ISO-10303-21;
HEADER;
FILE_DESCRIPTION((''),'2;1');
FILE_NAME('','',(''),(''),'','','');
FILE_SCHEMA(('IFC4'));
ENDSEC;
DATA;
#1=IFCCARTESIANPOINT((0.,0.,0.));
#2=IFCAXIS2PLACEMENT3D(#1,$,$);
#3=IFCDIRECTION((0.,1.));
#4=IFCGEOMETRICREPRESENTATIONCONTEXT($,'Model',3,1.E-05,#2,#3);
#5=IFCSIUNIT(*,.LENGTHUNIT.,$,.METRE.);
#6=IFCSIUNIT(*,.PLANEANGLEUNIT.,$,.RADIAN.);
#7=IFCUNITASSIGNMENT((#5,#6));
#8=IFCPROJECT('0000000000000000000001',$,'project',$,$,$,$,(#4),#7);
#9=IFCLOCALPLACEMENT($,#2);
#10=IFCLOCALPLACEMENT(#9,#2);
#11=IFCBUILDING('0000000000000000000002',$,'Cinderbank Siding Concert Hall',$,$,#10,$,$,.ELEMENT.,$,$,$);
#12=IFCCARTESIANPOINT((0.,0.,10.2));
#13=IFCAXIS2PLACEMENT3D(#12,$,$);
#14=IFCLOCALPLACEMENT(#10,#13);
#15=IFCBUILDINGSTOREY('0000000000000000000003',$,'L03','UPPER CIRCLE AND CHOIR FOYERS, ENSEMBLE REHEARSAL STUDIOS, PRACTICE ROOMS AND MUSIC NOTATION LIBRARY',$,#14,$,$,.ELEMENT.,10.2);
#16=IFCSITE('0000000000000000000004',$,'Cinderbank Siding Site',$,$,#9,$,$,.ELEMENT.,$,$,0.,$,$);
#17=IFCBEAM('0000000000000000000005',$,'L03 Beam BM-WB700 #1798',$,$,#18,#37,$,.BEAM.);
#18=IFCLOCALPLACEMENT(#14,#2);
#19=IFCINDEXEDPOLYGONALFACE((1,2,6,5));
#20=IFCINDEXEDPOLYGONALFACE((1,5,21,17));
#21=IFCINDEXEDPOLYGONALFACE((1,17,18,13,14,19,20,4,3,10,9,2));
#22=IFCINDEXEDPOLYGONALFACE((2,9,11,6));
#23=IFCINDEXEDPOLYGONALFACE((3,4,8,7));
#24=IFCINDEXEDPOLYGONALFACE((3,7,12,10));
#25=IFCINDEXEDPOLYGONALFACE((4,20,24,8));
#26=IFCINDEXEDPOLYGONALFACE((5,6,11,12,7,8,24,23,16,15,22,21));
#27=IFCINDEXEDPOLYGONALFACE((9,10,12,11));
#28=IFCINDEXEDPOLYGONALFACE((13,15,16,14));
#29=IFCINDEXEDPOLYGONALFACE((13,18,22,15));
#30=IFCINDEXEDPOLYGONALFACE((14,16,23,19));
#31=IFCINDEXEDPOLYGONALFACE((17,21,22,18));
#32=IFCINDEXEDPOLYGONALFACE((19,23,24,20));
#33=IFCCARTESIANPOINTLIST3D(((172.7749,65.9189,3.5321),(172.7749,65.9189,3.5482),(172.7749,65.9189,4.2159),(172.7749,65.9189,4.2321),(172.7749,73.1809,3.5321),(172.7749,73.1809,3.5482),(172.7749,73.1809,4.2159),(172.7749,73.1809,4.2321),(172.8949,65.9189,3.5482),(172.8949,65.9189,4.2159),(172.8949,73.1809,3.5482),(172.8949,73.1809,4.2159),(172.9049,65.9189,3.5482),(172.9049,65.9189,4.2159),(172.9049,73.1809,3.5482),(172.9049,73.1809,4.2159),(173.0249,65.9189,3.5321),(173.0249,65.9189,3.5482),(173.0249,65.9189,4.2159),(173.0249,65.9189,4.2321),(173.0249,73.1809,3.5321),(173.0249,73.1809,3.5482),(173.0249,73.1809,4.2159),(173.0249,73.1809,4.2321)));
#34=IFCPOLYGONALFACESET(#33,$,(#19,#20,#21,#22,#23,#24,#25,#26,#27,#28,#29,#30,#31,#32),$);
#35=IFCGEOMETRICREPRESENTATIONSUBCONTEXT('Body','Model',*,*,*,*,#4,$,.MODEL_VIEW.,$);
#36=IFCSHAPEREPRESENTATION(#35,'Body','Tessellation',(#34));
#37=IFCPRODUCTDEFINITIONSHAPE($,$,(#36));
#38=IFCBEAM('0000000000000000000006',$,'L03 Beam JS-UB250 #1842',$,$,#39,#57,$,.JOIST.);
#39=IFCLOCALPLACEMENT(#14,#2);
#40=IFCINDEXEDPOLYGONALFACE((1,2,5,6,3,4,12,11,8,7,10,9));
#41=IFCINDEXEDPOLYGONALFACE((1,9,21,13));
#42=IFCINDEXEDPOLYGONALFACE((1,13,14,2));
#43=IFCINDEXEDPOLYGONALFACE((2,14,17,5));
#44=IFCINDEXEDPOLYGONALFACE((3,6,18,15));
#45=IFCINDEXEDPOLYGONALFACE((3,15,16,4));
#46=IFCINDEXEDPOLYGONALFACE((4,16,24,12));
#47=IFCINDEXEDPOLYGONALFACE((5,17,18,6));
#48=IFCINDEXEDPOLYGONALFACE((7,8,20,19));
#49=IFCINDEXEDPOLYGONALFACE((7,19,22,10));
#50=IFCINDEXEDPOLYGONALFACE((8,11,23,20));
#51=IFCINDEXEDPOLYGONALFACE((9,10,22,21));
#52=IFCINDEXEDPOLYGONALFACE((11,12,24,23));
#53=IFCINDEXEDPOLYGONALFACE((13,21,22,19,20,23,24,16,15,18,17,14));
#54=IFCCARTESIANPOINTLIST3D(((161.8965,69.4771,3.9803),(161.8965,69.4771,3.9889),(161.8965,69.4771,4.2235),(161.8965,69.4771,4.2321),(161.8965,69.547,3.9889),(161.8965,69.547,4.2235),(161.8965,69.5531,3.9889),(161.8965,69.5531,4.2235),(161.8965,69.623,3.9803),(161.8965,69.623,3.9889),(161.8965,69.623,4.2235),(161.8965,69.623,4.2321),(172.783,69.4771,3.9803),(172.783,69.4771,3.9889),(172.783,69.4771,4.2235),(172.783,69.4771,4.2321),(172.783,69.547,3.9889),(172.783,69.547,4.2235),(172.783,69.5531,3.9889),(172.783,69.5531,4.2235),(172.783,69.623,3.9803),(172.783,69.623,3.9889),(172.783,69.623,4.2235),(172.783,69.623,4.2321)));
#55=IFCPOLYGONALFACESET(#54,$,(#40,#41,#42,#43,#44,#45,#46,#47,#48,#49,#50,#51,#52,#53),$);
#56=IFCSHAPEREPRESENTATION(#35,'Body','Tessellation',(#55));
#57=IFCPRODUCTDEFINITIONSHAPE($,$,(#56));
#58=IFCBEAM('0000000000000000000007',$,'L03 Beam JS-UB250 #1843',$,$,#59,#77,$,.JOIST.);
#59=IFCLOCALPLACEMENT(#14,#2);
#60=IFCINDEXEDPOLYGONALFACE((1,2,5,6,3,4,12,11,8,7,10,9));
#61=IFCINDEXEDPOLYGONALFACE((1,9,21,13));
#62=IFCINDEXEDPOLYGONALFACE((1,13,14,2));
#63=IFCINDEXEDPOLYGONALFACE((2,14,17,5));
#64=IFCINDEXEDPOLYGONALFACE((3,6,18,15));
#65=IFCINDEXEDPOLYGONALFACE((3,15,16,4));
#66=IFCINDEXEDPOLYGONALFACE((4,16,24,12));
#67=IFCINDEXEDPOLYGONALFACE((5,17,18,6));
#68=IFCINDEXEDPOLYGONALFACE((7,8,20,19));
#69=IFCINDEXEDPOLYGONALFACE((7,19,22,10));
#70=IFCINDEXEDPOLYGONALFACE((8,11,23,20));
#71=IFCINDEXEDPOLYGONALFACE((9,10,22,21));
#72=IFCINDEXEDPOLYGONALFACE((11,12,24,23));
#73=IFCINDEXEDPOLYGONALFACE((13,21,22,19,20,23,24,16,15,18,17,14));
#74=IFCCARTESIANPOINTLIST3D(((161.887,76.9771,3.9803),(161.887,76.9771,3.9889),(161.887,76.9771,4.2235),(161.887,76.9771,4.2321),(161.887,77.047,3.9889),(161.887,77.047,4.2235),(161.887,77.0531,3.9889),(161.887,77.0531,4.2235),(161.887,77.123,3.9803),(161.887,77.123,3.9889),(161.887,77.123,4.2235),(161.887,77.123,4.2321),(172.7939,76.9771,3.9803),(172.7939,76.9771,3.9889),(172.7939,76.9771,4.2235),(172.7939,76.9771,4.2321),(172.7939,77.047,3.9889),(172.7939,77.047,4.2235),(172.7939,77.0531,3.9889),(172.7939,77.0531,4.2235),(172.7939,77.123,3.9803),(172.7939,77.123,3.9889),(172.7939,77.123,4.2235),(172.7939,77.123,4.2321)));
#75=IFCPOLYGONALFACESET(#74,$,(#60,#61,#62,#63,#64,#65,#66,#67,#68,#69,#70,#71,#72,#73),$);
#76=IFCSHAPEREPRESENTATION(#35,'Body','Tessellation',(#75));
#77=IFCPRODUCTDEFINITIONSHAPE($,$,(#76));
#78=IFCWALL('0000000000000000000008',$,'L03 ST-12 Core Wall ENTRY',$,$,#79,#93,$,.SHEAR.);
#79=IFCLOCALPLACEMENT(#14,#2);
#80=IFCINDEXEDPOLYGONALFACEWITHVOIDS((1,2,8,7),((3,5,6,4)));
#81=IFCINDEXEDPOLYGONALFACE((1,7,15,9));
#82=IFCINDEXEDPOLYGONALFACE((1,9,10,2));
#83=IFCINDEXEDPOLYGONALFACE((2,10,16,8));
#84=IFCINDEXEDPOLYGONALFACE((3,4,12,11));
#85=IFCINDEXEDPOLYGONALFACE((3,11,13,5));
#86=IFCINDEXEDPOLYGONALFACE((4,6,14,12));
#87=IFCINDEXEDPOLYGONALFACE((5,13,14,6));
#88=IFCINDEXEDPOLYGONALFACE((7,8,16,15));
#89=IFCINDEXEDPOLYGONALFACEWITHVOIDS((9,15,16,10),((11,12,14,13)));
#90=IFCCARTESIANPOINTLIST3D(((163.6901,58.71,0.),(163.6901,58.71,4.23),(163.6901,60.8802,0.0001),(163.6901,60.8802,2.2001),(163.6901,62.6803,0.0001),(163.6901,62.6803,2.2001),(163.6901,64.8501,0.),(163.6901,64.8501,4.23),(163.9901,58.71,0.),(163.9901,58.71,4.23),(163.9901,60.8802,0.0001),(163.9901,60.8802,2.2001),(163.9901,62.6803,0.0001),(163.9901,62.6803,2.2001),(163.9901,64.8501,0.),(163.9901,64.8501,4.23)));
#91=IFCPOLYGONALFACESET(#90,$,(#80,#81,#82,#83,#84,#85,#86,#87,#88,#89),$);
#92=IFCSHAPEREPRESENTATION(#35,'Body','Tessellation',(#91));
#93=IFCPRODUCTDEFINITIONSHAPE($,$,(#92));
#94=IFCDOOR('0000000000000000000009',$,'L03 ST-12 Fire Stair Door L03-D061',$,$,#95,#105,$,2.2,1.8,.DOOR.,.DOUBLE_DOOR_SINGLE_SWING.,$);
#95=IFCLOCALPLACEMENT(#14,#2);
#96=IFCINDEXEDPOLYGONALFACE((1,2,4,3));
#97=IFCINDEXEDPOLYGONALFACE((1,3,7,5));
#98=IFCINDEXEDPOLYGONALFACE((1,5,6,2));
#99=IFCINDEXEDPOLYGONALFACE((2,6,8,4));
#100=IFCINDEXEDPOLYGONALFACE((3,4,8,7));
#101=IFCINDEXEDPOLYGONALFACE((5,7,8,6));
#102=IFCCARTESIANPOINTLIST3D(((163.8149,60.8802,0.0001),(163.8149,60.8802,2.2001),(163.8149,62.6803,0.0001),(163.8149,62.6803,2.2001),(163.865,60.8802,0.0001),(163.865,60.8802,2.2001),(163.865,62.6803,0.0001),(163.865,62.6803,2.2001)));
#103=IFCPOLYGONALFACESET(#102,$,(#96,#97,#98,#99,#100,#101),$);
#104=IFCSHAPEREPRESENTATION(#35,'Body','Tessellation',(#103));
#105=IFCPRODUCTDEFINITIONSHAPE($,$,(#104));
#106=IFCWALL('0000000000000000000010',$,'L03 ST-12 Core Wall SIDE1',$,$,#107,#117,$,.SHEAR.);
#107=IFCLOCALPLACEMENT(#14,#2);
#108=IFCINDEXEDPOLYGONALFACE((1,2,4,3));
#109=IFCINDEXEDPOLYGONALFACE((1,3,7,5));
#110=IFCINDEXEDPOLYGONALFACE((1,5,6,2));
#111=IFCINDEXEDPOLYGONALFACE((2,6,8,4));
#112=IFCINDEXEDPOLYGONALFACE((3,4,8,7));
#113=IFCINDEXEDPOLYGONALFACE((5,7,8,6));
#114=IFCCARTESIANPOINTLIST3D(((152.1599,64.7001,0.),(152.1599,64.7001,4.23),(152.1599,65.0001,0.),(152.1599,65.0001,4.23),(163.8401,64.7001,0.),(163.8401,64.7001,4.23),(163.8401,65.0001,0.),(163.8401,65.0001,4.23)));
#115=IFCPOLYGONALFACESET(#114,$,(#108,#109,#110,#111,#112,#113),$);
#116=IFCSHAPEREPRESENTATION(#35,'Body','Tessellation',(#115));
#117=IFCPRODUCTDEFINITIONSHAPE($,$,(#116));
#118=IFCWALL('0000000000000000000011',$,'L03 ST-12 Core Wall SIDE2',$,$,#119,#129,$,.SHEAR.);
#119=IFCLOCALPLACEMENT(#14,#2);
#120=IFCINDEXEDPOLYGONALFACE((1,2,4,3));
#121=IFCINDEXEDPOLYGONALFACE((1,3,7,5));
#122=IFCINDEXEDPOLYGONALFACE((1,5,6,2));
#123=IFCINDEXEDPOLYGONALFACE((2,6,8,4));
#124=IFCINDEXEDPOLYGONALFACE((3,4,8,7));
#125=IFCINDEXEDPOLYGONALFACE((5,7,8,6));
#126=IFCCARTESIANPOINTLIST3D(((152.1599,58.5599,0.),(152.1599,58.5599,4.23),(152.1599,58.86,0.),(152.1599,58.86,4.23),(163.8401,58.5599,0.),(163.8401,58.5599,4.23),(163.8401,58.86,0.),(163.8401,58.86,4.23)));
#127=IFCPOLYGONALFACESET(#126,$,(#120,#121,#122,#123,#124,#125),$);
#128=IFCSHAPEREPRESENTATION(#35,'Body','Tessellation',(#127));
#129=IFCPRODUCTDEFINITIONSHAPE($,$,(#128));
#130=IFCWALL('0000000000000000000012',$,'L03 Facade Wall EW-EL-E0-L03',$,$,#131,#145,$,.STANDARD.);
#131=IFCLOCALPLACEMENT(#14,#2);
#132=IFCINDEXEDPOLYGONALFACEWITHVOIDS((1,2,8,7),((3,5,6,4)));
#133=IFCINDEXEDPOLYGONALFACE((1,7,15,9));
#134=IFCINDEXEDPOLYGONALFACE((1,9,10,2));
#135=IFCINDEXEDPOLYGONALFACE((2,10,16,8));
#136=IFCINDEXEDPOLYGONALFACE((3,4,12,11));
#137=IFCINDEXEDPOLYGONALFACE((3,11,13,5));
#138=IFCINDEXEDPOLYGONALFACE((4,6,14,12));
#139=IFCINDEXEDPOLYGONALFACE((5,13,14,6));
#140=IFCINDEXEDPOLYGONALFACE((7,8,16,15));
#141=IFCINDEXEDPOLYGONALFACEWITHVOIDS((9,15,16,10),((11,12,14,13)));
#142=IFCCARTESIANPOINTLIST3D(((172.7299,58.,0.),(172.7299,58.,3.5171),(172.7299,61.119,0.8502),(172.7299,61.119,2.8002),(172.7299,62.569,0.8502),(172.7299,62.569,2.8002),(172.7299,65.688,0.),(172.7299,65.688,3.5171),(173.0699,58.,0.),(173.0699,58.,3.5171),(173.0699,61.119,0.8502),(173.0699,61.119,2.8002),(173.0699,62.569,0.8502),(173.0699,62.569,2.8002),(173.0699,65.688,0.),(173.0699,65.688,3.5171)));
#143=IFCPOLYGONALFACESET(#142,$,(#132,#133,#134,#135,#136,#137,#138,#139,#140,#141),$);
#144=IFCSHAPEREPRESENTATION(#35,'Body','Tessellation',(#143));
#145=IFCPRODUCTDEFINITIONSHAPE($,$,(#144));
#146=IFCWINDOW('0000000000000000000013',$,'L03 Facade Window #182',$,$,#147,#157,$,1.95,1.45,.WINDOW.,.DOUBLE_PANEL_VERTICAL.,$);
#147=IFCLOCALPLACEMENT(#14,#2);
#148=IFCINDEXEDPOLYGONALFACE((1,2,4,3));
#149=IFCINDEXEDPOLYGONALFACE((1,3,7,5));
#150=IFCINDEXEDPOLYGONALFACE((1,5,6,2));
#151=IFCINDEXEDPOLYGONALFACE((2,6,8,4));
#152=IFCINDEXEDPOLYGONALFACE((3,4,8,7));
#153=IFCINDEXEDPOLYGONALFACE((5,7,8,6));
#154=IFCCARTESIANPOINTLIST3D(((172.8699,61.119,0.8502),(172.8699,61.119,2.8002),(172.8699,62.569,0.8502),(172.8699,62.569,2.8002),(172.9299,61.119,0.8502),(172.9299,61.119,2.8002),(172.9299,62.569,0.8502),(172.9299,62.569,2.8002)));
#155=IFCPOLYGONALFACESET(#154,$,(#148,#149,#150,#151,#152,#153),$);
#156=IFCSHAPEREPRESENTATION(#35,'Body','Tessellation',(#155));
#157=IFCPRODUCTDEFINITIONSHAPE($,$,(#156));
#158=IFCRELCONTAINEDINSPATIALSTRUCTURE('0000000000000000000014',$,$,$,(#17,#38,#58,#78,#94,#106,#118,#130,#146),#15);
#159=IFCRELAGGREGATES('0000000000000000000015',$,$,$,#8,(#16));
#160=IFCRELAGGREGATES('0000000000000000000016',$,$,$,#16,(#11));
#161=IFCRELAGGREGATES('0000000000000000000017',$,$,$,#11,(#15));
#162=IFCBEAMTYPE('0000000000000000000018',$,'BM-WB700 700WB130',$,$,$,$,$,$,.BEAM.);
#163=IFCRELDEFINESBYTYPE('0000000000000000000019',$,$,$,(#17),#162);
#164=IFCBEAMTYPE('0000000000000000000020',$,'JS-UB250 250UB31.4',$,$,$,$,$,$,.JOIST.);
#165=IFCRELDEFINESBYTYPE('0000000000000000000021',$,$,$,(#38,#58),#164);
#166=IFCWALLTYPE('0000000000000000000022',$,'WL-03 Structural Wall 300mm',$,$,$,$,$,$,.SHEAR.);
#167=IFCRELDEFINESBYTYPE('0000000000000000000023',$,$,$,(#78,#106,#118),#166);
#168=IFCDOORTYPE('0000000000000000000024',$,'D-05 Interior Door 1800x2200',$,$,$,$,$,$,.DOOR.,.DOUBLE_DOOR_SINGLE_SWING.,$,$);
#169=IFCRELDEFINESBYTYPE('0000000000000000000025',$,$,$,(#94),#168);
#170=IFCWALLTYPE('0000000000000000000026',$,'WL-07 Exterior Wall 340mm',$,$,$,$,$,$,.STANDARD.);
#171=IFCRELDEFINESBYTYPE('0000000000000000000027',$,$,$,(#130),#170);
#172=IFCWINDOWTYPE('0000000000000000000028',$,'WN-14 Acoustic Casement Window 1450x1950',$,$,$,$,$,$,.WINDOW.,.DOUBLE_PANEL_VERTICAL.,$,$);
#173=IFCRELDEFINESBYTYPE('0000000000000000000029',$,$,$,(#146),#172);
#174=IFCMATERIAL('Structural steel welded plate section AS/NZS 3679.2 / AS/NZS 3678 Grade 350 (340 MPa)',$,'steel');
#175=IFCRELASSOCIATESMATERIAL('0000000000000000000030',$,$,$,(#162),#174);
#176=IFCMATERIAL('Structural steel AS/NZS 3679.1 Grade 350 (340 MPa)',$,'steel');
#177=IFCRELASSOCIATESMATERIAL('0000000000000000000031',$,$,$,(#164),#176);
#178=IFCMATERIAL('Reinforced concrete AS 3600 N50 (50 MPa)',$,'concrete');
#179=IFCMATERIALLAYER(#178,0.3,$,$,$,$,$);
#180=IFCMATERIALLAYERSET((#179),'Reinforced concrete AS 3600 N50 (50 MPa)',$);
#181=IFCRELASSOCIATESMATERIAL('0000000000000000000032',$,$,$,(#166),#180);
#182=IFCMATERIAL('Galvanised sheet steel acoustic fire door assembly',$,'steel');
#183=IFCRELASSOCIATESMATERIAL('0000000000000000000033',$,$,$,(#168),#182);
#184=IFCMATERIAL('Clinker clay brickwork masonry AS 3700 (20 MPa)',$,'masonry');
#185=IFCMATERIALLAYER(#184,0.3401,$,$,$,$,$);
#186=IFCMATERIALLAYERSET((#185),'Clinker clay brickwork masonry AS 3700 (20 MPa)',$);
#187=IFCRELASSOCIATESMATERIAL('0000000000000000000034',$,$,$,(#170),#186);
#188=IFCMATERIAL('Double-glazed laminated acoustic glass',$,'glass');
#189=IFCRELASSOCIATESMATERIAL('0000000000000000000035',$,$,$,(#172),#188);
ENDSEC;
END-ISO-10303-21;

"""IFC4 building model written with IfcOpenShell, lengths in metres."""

from ifc_helpers import new_model, si_unit, direction, frame, frame_2d, origin, origin_2d, place, context, subcontext, project, spatial, rectangle, i_section, extrude, material, layer, layer_set, material_profile, profile_set, type_object, element, fill, save


model = new_model("IFC4")

# Units and contexts
model_context = context("Model", 3, precision=1e-05, world=origin(), true_north=direction((0.0, 1.0)))
body_context = subcontext(model_context, "Body", "Model", "MODEL_VIEW")
ifc_project = project(units=[si_unit("LENGTHUNIT", "METRE"), si_unit("PLANEANGLEUNIT", "RADIAN")], contexts=[model_context])

# Site, building, storey
site_placement = place(None, origin())
site = spatial("IfcSite", under=ifc_project, at=site_placement, Name="Cinderbank Siding Site", CompositionType="ELEMENT", RefElevation=0.0)
building_placement = place(site_placement, origin())
building = spatial("IfcBuilding", under=site, at=building_placement, Name="Cinderbank Siding Concert Hall", CompositionType="ELEMENT")
storey_placement = place(building_placement, frame((0.0, 0.0, 10.2)))
storey = spatial("IfcBuildingStorey", under=building, at=storey_placement, Name="L03", Description="UPPER CIRCLE AND CHOIR FOYERS, ENSEMBLE REHEARSAL STUDIOS, PRACTICE ROOMS AND MUSIC NOTATION LIBRARY", CompositionType="ELEMENT", Elevation=10.2)

# Shared definitions
ifc_material_1 = material(Name="Structural steel AS/NZS 3679.1 Grade 350 (340 MPa)", Category="steel")

# Beams
ifc_material_2 = material(Name="Structural steel welded plate section AS/NZS 3679.2 / AS/NZS 3678 Grade 350 (340 MPa)", Category="steel")
ifc_material_profile_1 = material_profile(ifc_material_2, i_section(OverallWidth=0.25, OverallDepth=0.7, WebThickness=0.01, FlangeThickness=0.0161, at=origin_2d()), Name="700WB130", Category="LoadBearing")
ifc_profile_set_1 = profile_set([ifc_material_profile_1], Name="Structural steel welded plate section AS/NZS 3679.2 / AS/NZS 3678 Grade 350 (340 MPa)")
beam_type_1 = type_object("IfcBeamType", Name="BM-WB700 700WB130", PredefinedType="BEAM", material=ifc_profile_set_1)
beam_1_placement = place(storey_placement, frame((172.8999, 65.9189, 3.8821), z_axis=(0.0, 1.0, 0.0), x_axis=(-1.0, 0.0, 0.0)))
element("IfcBeam", 1, at=beam_1_placement, inside=storey, type_object=beam_type_1, Name="L03 Beam BM-WB700 #1798", PredefinedType="BEAM", context=body_context, shape_type="SweptSolid", body=[
    extrude(i_section(OverallWidth=0.25, OverallDepth=0.7, WebThickness=0.01, FlangeThickness=0.0161, at=origin_2d()), origin(), (0.0, 0.0, 1.0), 7.262),
])
ifc_material_profile_2 = material_profile(ifc_material_1, i_section(OverallWidth=0.146, OverallDepth=0.2517, WebThickness=0.0061, FlangeThickness=0.0085, at=origin_2d()), Name="250UB31.4", Category="LoadBearing")
ifc_profile_set_2 = profile_set([ifc_material_profile_2], Name="Structural steel AS/NZS 3679.1 Grade 350 (340 MPa)")
beam_type_2 = type_object("IfcBeamType", Name="JS-UB250 250UB31.4", PredefinedType="JOIST", material=ifc_profile_set_2)
beam_2_placement = place(storey_placement, frame((161.8965, 69.55, 4.1062), z_axis=(1.0, 0.0, 0.0), x_axis=(0.0, 1.0, 0.0)))
element("IfcBeam", 2, at=beam_2_placement, inside=storey, type_object=beam_type_2, Name="L03 Beam JS-UB250 #1842", PredefinedType="JOIST", context=body_context, shape_type="SweptSolid", body=[
    extrude(i_section(OverallWidth=0.146, OverallDepth=0.2517, WebThickness=0.0061, FlangeThickness=0.0085, at=origin_2d()), origin(), (0.0, 0.0, 1.0), 10.8865),
])
beam_3_placement = place(storey_placement, frame((161.887, 77.05, 4.1062), z_axis=(1.0, 0.0, 0.0), x_axis=(0.0, 1.0, 0.0)))
element("IfcBeam", 3, at=beam_3_placement, inside=storey, type_object=beam_type_2, Name="L03 Beam JS-UB250 #1843", PredefinedType="JOIST", context=body_context, shape_type="SweptSolid", body=[
    extrude(i_section(OverallWidth=0.146, OverallDepth=0.2517, WebThickness=0.0061, FlangeThickness=0.0085, at=origin_2d()), origin(), (0.0, 0.0, 1.0), 10.907),
])

# Wall, opening, door
ifc_material_3 = material(Name="Reinforced concrete AS 3600 N50 (50 MPa)", Category="concrete")
ifc_layer_1 = layer(ifc_material_3, 0.3)
ifc_layer_set_1 = layer_set([ifc_layer_1], Name="Reinforced concrete AS 3600 N50 (50 MPa)")
wall_type_1 = type_object("IfcWallType", Name="WL-03 Structural Wall 300mm", PredefinedType="SHEAR", material=ifc_layer_set_1)
wall_1_placement = place(storey_placement, frame((163.8401, 64.8501, 0.0), z_axis=(0.0, 0.0, 1.0), x_axis=(0.0, -1.0, 0.0)))
wall_1 = element("IfcWall", 4, at=wall_1_placement, inside=storey, type_object=wall_type_1, Name="L03 ST-12 Core Wall ENTRY", PredefinedType="SHEAR", context=body_context, shape_type="SweptSolid", body=[
    extrude(rectangle(XDim=6.1401, YDim=0.3, at=frame_2d((3.0701, 0.0))), origin(), (0.0, 0.0, 1.0), 4.23),
])
opening_1_placement = place(wall_1_placement, frame((2.1699, 0.0, 0.0)))
opening_1 = element("IfcOpeningElement", 5, at=opening_1_placement, cuts=wall_1, PredefinedType="OPENING", context=body_context, shape_type="SweptSolid", body=[
    extrude(rectangle(XDim=1.8, YDim=2.2, at=frame_2d((0.8999, 1.1001))), frame((0.0, 0.1621, 0.0), z_axis=(0.0, -1.0, 0.0), x_axis=(1.0, 0.0, 0.0)), (0.0, 0.0, 1.0), 0.324),
])
ifc_material_4 = material(Name="Galvanised sheet steel acoustic fire door assembly", Category="steel")
door_type = type_object("IfcDoorType", Name="D-05 Interior Door 1800x2200", OperationType="DOUBLE_DOOR_SINGLE_SWING", PredefinedType="DOOR", material=ifc_material_4)
door_placement = place(opening_1_placement, origin())
door = element("IfcDoor", 6, at=door_placement, inside=storey, type_object=door_type, Name="L03 ST-12 Fire Stair Door L03-D061", OperationType="DOUBLE_DOOR_SINGLE_SWING", OverallHeight=2.2, OverallWidth=1.8, PredefinedType="DOOR", context=body_context, shape_type="SweptSolid", body=[
    extrude(rectangle(XDim=1.8, YDim=2.2, at=frame_2d((0.8999, 1.1001))), frame((0.0, 0.0249, 0.0), z_axis=(0.0, -1.0, 0.0), x_axis=(1.0, 0.0, 0.0)), (0.0, 0.0, 1.0), 0.05),
])
fill(opening_1, door)

# Walls
for number, where, z_axis, x_axis, name in (
    (7, (152.1599, 64.8501, 0.0), (0.0, 0.0, 1.0), (1.0, 0.0, 0.0), "L03 ST-12 Core Wall SIDE1"),
    (8, (163.8401, 58.71, 0.0), (0.0, 0.0, 1.0), (-1.0, 0.0, 0.0), "L03 ST-12 Core Wall SIDE2"),
):
    element("IfcWall", number, at=place(storey_placement, frame(where, z_axis=z_axis, x_axis=x_axis)), inside=storey, type_object=wall_type_1, Name=name, PredefinedType="SHEAR", context=body_context, shape_type="SweptSolid", body=[
        extrude(rectangle(XDim=11.6802, YDim=0.3, at=frame_2d((5.8401, 0.0))), origin(), (0.0, 0.0, 1.0), 4.23),
    ])

# Wall, opening, window
ifc_material_5 = material(Name="Clinker clay brickwork masonry AS 3700 (20 MPa)", Category="masonry")
ifc_layer_2 = layer(ifc_material_5, 0.3401)
ifc_layer_set_2 = layer_set([ifc_layer_2], Name="Clinker clay brickwork masonry AS 3700 (20 MPa)")
wall_type_2 = type_object("IfcWallType", Name="WL-07 Exterior Wall 340mm", PredefinedType="STANDARD", material=ifc_layer_set_2)
wall_2_placement = place(storey_placement, frame((172.8999, 65.688, 0.0), z_axis=(0.0, 0.0, 1.0), x_axis=(0.0, -1.0, 0.0)))
wall_2 = element("IfcWall", 9, at=wall_2_placement, inside=storey, type_object=wall_type_2, Name="L03 Facade Wall EW-EL-E0-L03", PredefinedType="STANDARD", context=body_context, shape_type="SweptSolid", body=[
    extrude(rectangle(XDim=7.688, YDim=0.3401, at=frame_2d((3.844, 0.0))), origin(), (0.0, 0.0, 1.0), 3.5171),
])
opening_2_placement = place(wall_2_placement, frame((3.1189, 0.0, 0.8501)))
opening_2 = element("IfcOpeningElement", 10, at=opening_2_placement, cuts=wall_2, PredefinedType="OPENING", context=body_context, shape_type="SweptSolid", body=[
    extrude(rectangle(XDim=1.45, YDim=1.95, at=frame_2d((0.7251, 0.9751))), frame((0.0, 0.1821, 0.0), z_axis=(0.0, -1.0, 0.0), x_axis=(1.0, 0.0, 0.0)), (0.0, 0.0, 1.0), 0.364),
])
ifc_material_6 = material(Name="Double-glazed laminated acoustic glass", Category="glass")
window_type_1 = type_object("IfcWindowType", Name="WN-14 Acoustic Casement Window 1450x1950", PartitioningType="DOUBLE_PANEL_VERTICAL", PredefinedType="WINDOW", material=ifc_material_6)
window_1_placement = place(opening_2_placement, origin())
window_1 = element("IfcWindow", 11, at=window_1_placement, inside=storey, type_object=window_type_1, Name="L03 Facade Window #182", OverallHeight=1.95, OverallWidth=1.45, PartitioningType="DOUBLE_PANEL_VERTICAL", PredefinedType="WINDOW", context=body_context, shape_type="SweptSolid", body=[
    extrude(rectangle(XDim=1.45, YDim=1.95, at=frame_2d((0.7251, 0.9751))), frame((0.0, 0.03, 0.0), z_axis=(0.0, -1.0, 0.0), x_axis=(1.0, 0.0, 0.0)), (0.0, 0.0, 1.0), 0.0601),
])
fill(opening_2, window_1)

save(model, "model.ifc")
